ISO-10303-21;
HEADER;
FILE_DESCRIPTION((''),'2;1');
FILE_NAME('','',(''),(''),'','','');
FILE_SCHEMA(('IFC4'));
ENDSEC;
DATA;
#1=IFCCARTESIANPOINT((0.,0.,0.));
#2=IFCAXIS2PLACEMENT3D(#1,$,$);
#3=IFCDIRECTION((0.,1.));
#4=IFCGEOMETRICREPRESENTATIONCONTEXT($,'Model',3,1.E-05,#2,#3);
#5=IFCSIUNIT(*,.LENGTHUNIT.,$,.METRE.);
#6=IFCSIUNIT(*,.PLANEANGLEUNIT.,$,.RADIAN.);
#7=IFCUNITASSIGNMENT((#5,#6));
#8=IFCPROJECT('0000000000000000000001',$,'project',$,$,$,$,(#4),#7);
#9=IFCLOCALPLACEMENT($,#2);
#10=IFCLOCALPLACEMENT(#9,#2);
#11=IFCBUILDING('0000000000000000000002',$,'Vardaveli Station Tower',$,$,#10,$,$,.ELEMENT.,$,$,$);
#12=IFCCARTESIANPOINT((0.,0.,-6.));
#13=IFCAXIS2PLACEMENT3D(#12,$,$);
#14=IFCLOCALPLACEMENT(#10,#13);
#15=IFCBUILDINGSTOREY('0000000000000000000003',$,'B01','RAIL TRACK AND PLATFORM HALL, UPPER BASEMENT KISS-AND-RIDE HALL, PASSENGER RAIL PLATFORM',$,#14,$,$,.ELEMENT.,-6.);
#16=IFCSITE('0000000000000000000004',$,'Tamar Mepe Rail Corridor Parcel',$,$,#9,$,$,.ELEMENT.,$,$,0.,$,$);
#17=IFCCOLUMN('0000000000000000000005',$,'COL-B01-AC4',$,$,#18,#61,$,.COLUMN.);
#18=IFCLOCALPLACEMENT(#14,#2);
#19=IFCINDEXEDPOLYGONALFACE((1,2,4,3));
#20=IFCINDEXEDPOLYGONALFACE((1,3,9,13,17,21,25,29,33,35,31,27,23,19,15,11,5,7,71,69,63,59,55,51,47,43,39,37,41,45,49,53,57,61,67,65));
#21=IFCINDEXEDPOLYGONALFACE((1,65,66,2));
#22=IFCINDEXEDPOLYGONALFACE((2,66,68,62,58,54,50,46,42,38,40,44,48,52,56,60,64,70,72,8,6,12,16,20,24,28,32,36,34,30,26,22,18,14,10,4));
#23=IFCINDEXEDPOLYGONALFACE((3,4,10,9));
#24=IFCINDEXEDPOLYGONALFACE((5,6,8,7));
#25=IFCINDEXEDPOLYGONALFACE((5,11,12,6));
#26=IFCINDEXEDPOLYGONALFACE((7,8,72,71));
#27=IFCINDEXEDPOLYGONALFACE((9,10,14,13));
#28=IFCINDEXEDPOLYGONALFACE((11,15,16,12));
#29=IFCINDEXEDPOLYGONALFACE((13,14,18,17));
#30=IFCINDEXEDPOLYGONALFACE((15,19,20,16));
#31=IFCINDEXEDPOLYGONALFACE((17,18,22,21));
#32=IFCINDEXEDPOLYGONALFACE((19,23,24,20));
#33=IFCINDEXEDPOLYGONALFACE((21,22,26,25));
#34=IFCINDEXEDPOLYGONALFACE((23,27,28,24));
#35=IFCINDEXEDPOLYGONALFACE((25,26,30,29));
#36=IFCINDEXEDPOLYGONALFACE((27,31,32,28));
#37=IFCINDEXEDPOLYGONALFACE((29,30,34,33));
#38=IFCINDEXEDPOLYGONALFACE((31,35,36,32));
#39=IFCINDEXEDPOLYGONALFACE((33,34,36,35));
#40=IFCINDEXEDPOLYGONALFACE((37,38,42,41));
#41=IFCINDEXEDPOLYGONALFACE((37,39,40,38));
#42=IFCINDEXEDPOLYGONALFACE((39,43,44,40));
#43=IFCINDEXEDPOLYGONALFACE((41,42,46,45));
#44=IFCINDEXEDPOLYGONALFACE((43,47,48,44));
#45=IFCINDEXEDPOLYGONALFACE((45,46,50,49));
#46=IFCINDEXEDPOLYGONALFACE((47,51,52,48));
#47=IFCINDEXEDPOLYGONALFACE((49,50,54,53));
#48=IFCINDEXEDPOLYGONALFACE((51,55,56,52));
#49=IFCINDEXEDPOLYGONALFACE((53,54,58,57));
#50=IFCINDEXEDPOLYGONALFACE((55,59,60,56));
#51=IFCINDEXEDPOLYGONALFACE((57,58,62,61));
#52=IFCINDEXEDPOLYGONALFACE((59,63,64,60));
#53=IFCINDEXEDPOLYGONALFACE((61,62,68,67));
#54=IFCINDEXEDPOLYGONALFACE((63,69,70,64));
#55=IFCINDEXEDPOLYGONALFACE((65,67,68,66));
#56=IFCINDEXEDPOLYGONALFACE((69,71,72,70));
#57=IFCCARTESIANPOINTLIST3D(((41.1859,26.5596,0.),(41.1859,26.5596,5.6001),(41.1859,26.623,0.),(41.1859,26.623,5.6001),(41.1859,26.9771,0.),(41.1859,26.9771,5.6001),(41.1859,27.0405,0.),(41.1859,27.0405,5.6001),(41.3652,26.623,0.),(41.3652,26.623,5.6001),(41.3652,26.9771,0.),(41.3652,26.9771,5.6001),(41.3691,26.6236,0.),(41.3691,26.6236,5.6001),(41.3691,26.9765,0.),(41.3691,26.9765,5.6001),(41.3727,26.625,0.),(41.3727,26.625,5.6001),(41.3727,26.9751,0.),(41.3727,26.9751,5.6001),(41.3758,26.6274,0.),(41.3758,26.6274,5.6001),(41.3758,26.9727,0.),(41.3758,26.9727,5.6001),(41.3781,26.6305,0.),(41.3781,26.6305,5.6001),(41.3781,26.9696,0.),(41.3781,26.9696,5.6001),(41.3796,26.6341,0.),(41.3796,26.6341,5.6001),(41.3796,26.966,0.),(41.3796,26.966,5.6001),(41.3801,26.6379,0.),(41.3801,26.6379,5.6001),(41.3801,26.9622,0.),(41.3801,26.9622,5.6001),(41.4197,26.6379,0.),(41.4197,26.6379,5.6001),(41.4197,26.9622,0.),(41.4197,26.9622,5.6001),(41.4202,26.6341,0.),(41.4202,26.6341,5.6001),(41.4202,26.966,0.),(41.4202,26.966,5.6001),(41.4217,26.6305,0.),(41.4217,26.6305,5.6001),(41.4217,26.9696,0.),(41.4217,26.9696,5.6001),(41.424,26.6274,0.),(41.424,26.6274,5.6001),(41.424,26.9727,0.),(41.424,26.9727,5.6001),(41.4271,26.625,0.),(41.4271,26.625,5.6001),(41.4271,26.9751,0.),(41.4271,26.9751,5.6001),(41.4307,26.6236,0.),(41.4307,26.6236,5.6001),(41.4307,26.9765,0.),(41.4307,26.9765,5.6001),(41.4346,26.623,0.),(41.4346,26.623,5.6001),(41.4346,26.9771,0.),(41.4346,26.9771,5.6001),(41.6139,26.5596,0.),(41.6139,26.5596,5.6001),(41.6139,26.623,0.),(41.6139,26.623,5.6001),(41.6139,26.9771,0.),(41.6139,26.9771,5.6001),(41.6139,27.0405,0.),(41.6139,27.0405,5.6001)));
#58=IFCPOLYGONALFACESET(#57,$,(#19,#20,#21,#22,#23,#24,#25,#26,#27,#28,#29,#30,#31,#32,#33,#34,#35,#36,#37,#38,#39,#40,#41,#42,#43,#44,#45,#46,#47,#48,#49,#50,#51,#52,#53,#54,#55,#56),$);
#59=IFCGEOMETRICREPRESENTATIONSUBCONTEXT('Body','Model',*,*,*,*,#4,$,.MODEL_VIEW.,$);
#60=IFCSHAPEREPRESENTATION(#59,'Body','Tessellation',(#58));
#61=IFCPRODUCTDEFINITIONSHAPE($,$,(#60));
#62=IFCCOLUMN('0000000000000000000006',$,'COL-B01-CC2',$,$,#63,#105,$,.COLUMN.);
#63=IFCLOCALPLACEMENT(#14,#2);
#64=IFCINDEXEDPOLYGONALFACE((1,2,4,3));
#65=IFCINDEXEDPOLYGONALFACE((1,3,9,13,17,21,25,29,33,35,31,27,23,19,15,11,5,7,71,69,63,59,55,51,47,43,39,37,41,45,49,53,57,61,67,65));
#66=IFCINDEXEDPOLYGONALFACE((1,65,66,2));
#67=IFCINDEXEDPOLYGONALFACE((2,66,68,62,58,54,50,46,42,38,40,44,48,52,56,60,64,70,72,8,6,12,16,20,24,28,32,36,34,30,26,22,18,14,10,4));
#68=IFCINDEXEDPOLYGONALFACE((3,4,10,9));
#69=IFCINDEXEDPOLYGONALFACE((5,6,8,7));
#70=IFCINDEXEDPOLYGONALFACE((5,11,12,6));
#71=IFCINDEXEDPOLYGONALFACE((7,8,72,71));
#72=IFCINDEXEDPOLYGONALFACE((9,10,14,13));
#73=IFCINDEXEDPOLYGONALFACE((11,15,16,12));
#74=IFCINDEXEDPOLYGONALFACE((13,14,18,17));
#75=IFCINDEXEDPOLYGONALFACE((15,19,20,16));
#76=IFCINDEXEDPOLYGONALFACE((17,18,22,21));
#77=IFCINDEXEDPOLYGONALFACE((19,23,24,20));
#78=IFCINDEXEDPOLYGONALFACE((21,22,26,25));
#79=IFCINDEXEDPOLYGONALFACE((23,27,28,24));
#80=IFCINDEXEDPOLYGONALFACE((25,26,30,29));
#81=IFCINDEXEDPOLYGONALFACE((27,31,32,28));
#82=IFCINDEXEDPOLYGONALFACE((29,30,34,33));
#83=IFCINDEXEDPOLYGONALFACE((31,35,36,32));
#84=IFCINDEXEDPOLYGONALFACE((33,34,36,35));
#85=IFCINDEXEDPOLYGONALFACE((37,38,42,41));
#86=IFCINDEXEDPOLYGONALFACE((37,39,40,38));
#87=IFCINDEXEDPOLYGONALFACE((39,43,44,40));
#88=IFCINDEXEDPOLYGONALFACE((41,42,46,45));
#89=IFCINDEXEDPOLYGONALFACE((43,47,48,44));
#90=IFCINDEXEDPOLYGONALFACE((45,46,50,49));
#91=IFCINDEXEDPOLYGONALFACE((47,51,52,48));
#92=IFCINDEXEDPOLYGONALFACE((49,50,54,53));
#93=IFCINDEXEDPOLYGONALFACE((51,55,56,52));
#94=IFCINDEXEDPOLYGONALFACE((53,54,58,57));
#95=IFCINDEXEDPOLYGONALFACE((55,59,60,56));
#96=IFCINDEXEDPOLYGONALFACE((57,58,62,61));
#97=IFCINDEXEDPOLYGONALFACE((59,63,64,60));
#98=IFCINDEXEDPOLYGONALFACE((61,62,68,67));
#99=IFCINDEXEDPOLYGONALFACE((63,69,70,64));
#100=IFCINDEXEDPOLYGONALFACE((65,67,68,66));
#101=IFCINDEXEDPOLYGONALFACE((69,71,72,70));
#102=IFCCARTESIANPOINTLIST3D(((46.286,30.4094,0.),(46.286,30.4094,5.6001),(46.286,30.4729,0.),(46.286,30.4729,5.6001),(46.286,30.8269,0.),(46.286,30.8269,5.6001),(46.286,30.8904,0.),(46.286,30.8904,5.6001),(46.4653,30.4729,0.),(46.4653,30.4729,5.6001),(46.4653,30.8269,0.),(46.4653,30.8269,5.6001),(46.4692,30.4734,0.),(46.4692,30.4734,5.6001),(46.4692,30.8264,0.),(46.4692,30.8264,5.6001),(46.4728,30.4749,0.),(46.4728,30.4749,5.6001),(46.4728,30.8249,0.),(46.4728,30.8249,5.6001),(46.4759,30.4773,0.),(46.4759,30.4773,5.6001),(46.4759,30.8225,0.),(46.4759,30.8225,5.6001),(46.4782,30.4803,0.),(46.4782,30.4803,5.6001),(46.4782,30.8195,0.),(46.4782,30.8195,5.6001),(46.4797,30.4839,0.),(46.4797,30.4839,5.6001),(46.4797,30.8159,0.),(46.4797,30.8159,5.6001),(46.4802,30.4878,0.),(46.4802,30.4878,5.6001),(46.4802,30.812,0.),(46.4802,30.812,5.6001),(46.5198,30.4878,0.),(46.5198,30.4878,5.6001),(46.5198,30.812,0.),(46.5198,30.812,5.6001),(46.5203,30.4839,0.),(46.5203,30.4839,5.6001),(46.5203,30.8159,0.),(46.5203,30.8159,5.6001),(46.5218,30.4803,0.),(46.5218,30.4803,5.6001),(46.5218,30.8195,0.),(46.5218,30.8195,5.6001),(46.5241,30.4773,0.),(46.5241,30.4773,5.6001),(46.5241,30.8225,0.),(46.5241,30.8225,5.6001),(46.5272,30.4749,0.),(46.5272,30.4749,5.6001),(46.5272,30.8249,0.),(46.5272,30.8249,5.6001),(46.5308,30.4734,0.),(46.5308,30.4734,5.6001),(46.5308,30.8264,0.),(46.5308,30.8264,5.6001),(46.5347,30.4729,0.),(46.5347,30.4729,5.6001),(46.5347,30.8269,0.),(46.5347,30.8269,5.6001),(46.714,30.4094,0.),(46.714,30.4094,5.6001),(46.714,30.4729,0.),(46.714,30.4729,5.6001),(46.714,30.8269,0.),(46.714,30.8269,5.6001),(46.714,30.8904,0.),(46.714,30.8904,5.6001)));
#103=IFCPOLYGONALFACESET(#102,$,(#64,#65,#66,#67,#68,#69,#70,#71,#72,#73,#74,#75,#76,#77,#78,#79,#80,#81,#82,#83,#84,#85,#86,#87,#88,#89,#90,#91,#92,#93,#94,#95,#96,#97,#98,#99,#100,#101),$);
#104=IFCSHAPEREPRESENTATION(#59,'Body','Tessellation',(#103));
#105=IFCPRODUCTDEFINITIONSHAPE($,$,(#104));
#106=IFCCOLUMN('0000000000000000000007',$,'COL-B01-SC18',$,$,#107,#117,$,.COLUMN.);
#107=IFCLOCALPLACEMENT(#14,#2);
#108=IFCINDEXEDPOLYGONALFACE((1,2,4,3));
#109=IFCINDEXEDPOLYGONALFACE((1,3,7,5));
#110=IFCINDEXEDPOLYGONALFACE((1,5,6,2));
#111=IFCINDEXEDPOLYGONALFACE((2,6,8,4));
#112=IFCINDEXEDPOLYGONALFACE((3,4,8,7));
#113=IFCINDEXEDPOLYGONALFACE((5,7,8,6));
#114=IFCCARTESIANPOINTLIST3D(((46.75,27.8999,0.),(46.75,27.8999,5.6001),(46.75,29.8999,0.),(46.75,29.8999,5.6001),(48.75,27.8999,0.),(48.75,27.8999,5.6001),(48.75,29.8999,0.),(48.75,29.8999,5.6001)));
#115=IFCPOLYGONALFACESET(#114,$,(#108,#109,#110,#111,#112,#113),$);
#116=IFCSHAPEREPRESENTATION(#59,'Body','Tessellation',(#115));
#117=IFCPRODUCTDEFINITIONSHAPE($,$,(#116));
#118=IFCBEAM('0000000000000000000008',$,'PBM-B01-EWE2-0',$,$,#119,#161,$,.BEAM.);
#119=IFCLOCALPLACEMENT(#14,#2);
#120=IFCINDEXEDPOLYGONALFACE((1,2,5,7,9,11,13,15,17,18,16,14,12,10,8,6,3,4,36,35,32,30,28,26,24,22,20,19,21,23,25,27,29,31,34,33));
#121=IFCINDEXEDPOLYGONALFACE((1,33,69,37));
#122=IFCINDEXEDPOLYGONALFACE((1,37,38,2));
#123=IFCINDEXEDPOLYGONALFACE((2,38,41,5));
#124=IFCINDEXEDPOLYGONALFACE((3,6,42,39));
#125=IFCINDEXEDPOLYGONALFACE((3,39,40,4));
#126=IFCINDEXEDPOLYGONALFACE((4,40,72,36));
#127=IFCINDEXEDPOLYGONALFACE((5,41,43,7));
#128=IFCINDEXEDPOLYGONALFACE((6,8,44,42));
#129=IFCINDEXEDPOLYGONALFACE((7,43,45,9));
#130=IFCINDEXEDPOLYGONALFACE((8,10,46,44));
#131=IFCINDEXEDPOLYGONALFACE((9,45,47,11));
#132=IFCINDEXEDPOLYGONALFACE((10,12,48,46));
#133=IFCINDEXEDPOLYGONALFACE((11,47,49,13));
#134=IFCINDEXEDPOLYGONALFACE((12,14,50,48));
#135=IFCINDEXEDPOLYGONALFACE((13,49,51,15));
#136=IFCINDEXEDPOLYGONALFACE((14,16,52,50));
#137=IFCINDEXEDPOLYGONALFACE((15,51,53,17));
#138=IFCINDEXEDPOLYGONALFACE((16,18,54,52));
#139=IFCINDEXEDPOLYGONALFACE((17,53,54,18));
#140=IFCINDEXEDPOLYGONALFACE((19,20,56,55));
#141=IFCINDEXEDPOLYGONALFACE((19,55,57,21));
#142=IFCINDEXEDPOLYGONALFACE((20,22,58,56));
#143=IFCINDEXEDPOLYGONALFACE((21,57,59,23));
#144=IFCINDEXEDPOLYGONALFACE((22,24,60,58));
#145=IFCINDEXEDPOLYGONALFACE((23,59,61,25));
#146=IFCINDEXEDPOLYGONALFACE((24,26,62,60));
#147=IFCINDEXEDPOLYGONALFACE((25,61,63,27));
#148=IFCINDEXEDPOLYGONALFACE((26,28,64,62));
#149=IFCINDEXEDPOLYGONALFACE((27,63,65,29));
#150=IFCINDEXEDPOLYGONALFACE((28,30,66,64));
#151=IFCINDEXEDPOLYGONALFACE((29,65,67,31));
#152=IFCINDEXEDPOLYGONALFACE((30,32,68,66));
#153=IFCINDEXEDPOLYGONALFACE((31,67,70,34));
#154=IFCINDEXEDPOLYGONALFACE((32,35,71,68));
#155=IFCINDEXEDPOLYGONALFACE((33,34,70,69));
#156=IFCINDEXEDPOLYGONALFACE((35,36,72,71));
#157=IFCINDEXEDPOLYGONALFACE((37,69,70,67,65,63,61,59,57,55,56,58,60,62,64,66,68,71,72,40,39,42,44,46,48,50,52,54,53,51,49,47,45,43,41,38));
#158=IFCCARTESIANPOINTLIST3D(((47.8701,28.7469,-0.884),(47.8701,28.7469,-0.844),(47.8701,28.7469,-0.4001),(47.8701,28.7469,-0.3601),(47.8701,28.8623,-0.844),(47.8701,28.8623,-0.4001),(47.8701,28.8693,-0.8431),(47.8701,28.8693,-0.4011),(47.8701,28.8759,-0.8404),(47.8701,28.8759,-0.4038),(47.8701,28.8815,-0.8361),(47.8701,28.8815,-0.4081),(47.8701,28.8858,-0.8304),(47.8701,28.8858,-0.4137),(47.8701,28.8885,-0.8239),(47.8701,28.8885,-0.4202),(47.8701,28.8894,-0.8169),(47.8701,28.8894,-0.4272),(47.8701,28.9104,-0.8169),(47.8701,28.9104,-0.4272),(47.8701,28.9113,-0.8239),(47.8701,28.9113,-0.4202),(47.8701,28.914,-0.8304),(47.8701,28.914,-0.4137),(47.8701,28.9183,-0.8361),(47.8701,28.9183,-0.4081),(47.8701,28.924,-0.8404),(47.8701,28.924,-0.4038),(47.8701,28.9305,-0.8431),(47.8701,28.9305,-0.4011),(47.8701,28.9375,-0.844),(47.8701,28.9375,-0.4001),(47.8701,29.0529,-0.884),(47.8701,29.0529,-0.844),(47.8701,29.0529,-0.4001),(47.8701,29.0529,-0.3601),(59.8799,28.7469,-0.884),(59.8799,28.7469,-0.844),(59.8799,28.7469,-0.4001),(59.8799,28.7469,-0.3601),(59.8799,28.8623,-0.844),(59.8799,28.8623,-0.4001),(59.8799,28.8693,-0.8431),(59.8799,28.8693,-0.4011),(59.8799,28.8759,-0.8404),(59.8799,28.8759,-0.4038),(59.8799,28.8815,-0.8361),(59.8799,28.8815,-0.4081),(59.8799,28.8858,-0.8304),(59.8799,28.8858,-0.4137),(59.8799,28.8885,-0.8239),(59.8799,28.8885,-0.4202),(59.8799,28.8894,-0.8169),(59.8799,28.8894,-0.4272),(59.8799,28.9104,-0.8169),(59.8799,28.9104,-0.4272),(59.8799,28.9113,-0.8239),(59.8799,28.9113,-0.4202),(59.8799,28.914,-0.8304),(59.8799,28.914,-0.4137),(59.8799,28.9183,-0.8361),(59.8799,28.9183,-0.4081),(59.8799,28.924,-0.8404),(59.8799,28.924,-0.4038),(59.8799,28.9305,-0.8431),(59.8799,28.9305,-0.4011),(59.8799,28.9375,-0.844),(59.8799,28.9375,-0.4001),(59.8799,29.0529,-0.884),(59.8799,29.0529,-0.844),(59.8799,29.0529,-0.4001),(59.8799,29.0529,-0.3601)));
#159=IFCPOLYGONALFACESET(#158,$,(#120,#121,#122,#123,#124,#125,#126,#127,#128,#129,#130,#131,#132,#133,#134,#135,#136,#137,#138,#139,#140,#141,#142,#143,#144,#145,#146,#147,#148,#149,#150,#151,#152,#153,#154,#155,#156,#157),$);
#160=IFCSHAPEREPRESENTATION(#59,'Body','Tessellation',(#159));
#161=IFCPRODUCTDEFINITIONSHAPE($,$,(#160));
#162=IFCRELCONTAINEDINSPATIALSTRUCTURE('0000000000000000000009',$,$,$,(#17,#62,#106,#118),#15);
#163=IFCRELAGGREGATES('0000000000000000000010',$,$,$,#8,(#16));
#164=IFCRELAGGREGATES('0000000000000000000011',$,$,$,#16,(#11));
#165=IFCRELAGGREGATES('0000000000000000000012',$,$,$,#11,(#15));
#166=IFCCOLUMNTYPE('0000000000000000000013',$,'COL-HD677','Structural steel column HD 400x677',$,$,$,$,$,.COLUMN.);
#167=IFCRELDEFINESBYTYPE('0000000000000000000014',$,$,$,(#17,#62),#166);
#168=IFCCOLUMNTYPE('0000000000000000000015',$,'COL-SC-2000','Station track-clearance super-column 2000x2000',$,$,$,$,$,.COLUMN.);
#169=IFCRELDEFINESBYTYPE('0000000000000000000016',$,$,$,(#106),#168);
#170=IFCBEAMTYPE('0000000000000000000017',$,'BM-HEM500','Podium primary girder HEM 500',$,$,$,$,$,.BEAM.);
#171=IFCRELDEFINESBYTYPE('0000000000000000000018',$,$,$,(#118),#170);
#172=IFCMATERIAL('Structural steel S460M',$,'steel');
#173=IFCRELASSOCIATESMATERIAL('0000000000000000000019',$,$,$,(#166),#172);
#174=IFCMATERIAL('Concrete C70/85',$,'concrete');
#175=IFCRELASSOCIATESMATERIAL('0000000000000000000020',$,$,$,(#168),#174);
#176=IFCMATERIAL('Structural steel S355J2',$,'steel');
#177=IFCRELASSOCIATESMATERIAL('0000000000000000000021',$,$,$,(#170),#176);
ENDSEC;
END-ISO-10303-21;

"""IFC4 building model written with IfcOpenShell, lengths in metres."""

from ifc_helpers import new_model, si_unit, direction, frame, origin, origin_2d, place, context, subcontext, project, spatial, rectangle, i_section, extrude, source, transform, mapped, material, material_profile, profile_set, type_object, element, save


model = new_model("IFC4")

# Units and contexts
model_context = context("Model", 3, precision=1e-05, world=origin(), true_north=direction((0.0, 1.0)))
body_context = subcontext(model_context, "Body", "Model", "MODEL_VIEW")
ifc_project = project(units=[si_unit("LENGTHUNIT", "METRE"), si_unit("PLANEANGLEUNIT", "RADIAN")], contexts=[model_context])

# Site, building, storey
site_placement = place(None, origin())
site = spatial("IfcSite", under=ifc_project, at=site_placement, Name="Tamar Mepe Rail Corridor Parcel", CompositionType="ELEMENT", RefElevation=0.0)
building_placement = place(site_placement, origin())
building = spatial("IfcBuilding", under=site, at=building_placement, Name="Vardaveli Station Tower", CompositionType="ELEMENT")
storey_placement = place(building_placement, frame((0.0, 0.0, -6.0)))
storey = spatial("IfcBuildingStorey", under=building, at=storey_placement, Name="B01", Description="RAIL TRACK AND PLATFORM HALL, UPPER BASEMENT KISS-AND-RIDE HALL, PASSENGER RAIL PLATFORM", CompositionType="ELEMENT", Elevation=-6.0)

# Columns
ifc_material_1 = material(Name="Structural steel S460M", Category="steel")
ifc_material_profile_1 = material_profile(ifc_material_1, i_section(OverallWidth=0.428, OverallDepth=0.481, WebThickness=0.0396, FlangeThickness=0.0635, FilletRadius=0.0149, at=origin_2d()), Name="HD 400x677")
ifc_profile_set_1 = profile_set([ifc_material_profile_1], Name="Structural steel S460M")
column_type_1 = type_object("IfcColumnType", Name="COL-HD677", Description="Structural steel column HD 400x677", PredefinedType="COLUMN", material=ifc_profile_set_1)
shared_shape_1 = source(origin(), body_context, "Body", "SweptSolid", [
    extrude(i_section(OverallWidth=0.428, OverallDepth=0.481, WebThickness=0.0396, FlangeThickness=0.0635, FilletRadius=0.0149, at=origin_2d()), origin(), (0.0, 0.0, 1.0), 5.6001),
])
for number, where, z_axis, x_axis, name in (
    (1, (41.3999, 26.8, 0.0), (0.0, 0.0, 1.0), (1.0, 0.0, 0.0), "COL-B01-AC4"),
    (2, (46.5, 30.6499, 0.0), (0.0, 0.0, 1.0), (1.0, 0.0, 0.0), "COL-B01-CC2"),
):
    element("IfcColumn", number, at=place(storey_placement, frame(where, z_axis=z_axis, x_axis=x_axis)), inside=storey, type_object=column_type_1, Name=name, PredefinedType="COLUMN", context=body_context, shape_type="MappedRepresentation", body=[
        mapped(shared_shape_1, transform((0.0, 0.0, 0.0), scale=1.0)),
    ])
ifc_material_2 = material(Name="Concrete C70/85", Category="concrete")
ifc_material_profile_2 = material_profile(ifc_material_2, rectangle(XDim=2.0, YDim=2.0, at=origin_2d()), Name="SC 2000x2000")
ifc_profile_set_2 = profile_set([ifc_material_profile_2], Name="Concrete C70/85")
column_type_2 = type_object("IfcColumnType", Name="COL-SC-2000", Description="Station track-clearance super-column 2000x2000", PredefinedType="COLUMN", material=ifc_profile_set_2)
shared_shape_2 = source(origin(), body_context, "Body", "SweptSolid", [
    extrude(rectangle(XDim=2.0, YDim=2.0, at=origin_2d()), origin(), (0.0, 0.0, 1.0), 5.6001),
])
column_placement = place(storey_placement, frame((47.75, 28.8999, 0.0), z_axis=(0.0, 0.0, 1.0), x_axis=(1.0, 0.0, 0.0)))
element("IfcColumn", 3, at=column_placement, inside=storey, type_object=column_type_2, Name="COL-B01-SC18", PredefinedType="COLUMN", context=body_context, shape_type="MappedRepresentation", body=[
    mapped(shared_shape_2, transform((0.0, 0.0, 0.0), scale=1.0)),
])

# Beam
ifc_material_3 = material(Name="Structural steel S355J2", Category="steel")
ifc_material_profile_3 = material_profile(ifc_material_3, i_section(OverallWidth=0.3059, OverallDepth=0.5239, WebThickness=0.021, FlangeThickness=0.04, FilletRadius=0.0271, at=origin_2d()), Name="HEM 500")
ifc_profile_set_3 = profile_set([ifc_material_profile_3], Name="Structural steel S355J2")
beam_type_1 = type_object("IfcBeamType", Name="BM-HEM500", Description="Podium primary girder HEM 500", PredefinedType="BEAM", material=ifc_profile_set_3)
shared_shape_3 = source(origin(), body_context, "Body", "SweptSolid", [
    extrude(i_section(OverallWidth=0.3059, OverallDepth=0.5239, WebThickness=0.021, FlangeThickness=0.04, FilletRadius=0.0271, at=origin_2d()), origin(), (0.0, 0.0, 1.0), 12.0098),
])
beam_1_placement = place(storey_placement, frame((47.8701, 28.8999, -0.6221), z_axis=(1.0, 0.0, 0.0), x_axis=(0.0, 1.0, 0.0)))
element("IfcBeam", 4, at=beam_1_placement, inside=storey, type_object=beam_type_1, Name="PBM-B01-EWE2-0", PredefinedType="BEAM", context=body_context, shape_type="MappedRepresentation", body=[
    mapped(shared_shape_3, transform((0.0, 0.0, 0.0), scale=1.0)),
])

save(model, "model.ifc")
